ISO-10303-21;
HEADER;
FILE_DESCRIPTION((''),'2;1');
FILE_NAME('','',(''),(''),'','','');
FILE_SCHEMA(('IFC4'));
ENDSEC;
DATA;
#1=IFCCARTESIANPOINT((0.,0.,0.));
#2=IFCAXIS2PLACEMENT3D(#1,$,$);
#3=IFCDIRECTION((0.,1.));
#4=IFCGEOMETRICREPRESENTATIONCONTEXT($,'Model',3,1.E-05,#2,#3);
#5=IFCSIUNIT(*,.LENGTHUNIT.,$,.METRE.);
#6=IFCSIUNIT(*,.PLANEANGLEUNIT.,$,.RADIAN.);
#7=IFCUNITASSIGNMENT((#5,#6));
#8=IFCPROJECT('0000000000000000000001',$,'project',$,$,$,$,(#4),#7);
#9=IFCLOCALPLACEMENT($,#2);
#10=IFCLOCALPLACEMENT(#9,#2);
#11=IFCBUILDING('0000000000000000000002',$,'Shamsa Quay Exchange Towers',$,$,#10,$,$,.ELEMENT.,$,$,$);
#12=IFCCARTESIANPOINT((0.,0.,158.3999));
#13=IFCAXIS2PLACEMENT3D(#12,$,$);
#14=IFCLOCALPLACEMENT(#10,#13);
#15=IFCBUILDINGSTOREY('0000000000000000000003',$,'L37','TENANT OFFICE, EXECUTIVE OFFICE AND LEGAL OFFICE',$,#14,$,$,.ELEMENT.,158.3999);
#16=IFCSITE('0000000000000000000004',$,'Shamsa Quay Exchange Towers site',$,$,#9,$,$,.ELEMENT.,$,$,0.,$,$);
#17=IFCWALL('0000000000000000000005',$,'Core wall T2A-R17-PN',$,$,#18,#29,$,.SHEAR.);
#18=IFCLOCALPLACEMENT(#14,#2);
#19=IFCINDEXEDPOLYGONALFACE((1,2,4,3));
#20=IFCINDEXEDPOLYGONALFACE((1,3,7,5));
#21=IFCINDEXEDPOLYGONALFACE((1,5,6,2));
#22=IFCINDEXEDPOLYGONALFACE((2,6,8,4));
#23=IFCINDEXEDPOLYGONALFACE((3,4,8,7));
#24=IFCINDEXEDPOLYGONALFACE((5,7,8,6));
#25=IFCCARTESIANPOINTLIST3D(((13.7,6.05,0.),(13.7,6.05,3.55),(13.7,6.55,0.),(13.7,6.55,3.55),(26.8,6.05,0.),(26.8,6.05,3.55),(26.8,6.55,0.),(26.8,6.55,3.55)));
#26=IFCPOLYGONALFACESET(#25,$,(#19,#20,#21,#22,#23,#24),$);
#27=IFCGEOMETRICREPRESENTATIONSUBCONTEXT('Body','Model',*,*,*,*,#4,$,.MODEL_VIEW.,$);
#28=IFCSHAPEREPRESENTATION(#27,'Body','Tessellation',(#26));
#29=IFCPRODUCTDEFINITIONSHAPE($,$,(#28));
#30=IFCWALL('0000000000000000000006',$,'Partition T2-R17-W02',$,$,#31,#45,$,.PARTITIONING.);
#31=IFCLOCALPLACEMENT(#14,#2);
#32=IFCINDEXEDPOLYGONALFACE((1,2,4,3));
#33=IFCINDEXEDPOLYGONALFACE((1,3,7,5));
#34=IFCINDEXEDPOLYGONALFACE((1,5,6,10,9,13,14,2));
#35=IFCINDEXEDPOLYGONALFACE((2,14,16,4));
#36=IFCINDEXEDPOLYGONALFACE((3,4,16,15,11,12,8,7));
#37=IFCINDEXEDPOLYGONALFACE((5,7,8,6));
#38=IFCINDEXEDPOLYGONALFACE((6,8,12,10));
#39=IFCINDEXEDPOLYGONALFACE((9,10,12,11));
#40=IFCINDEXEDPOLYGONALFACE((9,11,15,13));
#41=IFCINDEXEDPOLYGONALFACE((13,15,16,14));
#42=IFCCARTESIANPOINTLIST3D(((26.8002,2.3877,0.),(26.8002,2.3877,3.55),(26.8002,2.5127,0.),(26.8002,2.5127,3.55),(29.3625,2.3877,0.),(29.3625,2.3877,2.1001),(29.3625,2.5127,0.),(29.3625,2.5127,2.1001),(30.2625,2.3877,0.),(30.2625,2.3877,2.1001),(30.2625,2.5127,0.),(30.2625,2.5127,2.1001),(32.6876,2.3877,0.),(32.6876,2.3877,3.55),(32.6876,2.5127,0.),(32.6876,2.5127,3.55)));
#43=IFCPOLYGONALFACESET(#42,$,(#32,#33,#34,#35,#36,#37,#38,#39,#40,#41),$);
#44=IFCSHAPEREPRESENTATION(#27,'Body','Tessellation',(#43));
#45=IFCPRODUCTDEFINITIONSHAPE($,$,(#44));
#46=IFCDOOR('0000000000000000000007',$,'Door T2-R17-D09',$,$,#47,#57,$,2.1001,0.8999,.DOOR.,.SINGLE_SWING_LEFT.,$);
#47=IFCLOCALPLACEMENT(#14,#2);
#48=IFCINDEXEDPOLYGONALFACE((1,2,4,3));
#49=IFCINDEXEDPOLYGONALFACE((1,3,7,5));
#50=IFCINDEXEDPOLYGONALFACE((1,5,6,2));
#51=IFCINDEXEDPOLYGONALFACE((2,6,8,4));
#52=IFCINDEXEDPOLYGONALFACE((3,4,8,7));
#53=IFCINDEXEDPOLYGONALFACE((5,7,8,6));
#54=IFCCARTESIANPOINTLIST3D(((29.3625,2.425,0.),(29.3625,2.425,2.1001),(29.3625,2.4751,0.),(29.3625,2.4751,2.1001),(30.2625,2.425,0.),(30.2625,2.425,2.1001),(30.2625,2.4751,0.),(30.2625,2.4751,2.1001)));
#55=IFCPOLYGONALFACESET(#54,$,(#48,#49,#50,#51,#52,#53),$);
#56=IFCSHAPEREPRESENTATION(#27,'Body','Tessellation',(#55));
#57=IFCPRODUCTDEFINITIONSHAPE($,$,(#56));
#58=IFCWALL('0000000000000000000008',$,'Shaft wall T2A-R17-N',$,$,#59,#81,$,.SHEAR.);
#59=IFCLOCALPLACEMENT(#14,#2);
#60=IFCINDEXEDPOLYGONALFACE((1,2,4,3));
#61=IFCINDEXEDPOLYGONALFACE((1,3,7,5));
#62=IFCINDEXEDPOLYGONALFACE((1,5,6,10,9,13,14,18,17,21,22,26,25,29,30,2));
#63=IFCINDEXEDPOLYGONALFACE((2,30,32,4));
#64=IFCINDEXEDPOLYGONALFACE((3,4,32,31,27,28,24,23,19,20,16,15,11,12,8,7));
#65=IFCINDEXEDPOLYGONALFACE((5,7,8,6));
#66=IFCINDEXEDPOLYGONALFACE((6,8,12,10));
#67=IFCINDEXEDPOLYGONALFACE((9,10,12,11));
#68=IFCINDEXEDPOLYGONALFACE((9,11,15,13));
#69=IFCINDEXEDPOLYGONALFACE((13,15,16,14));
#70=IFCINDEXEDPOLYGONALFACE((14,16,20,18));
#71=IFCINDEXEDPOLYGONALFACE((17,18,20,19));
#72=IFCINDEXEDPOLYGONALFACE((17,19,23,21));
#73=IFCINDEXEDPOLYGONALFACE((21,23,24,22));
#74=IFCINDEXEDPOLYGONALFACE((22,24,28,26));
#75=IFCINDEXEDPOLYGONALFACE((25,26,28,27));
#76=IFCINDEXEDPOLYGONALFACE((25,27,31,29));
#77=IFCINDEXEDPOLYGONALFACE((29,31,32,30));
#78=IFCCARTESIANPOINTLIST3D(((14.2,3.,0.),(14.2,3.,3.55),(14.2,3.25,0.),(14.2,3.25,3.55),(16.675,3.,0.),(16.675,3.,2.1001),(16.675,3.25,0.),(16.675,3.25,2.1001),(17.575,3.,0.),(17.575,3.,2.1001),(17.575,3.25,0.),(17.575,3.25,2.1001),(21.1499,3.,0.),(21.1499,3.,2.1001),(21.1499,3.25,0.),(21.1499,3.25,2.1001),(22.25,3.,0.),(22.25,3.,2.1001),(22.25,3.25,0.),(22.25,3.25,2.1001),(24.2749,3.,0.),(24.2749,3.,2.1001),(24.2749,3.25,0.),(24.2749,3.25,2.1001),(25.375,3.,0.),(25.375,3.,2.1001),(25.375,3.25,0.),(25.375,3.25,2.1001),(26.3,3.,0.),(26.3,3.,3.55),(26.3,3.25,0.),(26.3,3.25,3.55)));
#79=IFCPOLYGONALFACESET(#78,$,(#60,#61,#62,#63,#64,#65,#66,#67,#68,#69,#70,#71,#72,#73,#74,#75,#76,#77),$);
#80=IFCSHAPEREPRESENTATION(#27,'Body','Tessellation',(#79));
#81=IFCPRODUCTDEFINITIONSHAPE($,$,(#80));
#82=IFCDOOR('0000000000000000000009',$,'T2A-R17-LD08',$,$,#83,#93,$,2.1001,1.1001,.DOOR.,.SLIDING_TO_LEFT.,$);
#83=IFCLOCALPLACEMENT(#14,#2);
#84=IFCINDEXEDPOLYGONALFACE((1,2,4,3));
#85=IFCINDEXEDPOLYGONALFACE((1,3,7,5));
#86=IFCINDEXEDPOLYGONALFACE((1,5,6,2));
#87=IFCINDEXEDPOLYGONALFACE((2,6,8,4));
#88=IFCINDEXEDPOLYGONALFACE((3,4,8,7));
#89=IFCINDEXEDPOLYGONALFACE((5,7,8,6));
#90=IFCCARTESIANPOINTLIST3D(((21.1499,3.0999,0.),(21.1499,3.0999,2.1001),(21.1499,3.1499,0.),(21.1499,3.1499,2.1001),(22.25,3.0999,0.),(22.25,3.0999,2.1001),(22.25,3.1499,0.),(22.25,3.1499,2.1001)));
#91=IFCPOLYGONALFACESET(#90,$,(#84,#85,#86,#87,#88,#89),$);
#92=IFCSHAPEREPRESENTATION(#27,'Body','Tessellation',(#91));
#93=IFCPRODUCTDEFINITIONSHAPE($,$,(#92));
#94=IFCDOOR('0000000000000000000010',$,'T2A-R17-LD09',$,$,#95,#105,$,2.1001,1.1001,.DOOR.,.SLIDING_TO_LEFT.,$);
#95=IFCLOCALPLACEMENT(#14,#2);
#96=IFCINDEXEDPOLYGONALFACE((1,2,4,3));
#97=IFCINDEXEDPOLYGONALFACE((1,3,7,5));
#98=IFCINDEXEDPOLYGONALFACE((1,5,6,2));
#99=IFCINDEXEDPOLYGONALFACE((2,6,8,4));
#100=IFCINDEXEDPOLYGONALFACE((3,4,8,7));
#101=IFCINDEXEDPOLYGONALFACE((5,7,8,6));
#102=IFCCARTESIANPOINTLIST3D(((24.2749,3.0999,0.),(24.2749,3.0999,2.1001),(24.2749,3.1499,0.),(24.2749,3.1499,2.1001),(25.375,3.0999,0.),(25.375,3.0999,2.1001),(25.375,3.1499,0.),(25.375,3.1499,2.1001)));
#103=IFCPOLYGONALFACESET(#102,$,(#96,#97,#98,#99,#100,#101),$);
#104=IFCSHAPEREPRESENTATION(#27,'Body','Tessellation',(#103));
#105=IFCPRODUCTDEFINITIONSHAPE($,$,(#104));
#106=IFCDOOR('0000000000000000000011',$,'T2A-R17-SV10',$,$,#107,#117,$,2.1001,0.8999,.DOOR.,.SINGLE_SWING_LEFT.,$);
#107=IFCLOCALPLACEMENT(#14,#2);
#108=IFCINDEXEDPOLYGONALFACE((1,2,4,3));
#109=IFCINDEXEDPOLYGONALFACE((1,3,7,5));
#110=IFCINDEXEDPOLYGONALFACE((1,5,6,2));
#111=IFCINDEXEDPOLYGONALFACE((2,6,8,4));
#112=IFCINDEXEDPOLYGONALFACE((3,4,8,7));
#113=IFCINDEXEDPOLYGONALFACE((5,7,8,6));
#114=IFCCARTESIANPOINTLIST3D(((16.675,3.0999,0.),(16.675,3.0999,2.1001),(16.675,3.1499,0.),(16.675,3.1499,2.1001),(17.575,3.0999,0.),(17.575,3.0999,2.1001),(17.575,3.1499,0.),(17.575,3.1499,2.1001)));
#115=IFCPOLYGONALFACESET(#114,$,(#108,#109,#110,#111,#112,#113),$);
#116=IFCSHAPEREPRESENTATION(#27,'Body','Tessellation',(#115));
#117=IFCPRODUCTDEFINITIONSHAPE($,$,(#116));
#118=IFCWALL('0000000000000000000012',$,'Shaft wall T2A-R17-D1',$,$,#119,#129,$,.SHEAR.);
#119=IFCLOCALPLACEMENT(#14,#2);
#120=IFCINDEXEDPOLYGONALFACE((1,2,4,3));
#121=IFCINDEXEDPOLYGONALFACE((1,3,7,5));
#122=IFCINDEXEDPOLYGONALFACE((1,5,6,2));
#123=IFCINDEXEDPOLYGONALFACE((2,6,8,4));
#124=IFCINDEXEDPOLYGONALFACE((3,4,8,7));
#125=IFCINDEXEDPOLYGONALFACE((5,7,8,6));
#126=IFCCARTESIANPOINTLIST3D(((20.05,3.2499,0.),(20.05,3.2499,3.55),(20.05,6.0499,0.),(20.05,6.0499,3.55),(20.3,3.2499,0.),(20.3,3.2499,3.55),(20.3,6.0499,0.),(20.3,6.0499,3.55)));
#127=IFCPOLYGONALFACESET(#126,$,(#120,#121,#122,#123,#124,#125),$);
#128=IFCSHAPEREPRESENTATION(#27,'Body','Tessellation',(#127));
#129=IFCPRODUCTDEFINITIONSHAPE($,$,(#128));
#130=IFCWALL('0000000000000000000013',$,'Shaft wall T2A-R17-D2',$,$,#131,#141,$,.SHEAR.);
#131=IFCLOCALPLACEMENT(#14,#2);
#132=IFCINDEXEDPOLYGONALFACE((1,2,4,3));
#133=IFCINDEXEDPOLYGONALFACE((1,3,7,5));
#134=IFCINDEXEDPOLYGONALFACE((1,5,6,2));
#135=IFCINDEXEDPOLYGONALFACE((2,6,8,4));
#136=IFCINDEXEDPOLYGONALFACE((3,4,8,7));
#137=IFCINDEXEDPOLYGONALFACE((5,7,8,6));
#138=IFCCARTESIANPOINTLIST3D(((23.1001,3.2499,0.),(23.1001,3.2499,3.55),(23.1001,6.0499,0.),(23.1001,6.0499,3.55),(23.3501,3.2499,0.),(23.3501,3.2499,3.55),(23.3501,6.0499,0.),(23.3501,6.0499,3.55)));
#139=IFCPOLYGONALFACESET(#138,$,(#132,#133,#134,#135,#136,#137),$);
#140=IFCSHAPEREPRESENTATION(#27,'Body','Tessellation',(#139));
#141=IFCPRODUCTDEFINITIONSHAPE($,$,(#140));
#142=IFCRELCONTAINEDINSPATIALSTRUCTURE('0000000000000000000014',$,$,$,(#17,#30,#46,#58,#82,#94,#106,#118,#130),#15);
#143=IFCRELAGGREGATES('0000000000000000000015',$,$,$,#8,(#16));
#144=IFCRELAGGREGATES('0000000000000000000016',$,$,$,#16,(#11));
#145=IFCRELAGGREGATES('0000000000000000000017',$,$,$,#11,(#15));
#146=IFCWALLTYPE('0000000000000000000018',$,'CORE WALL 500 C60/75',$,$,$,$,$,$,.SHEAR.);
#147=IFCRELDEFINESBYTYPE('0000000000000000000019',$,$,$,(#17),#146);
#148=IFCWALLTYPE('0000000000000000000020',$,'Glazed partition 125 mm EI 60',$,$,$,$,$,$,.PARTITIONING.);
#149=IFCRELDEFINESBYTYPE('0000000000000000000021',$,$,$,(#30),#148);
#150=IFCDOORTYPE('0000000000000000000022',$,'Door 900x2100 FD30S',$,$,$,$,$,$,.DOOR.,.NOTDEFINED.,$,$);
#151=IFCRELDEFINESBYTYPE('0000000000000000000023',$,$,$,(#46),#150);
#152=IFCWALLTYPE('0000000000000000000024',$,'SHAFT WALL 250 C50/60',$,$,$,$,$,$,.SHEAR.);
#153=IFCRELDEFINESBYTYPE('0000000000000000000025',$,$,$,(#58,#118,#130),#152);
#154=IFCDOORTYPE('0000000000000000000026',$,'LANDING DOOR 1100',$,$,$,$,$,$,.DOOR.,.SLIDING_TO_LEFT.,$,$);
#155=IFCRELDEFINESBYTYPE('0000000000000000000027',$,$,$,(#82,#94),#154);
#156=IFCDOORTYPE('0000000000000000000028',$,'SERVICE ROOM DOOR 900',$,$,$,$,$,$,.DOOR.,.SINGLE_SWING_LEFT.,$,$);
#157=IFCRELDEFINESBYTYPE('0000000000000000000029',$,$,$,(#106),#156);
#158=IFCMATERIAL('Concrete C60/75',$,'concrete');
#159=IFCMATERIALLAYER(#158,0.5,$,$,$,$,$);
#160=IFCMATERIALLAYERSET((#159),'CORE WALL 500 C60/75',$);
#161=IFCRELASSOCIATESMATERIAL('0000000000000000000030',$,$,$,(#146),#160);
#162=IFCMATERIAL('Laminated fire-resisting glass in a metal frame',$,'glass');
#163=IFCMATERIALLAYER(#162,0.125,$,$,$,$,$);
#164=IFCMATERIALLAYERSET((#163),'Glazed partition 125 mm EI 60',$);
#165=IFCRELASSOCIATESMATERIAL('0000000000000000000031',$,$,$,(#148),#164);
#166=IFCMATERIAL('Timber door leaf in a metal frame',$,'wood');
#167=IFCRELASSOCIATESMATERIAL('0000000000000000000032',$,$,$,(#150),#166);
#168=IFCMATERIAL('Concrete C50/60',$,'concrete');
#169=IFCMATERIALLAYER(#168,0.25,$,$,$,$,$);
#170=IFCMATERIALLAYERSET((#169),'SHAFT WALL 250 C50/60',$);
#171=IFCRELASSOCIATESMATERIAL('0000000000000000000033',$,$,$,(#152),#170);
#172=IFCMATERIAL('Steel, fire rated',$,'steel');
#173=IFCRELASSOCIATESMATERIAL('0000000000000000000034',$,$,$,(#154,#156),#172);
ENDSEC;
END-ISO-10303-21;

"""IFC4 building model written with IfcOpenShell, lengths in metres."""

from ifc_helpers import new_model, si_unit, direction, frame, frame_2d, origin, place, context, subcontext, project, spatial, rectangle, extrude, material, layer, layer_set, type_object, element, fill, save


model = new_model("IFC4")

# Units and contexts
model_context = context("Model", 3, precision=1e-05, world=origin(), true_north=direction((0.0, 1.0)))
body_context = subcontext(model_context, "Body", "Model", "MODEL_VIEW")
ifc_project = project(units=[si_unit("LENGTHUNIT", "METRE"), si_unit("PLANEANGLEUNIT", "RADIAN")], contexts=[model_context])

# Site, building, storey
site_placement = place(None, origin())
site = spatial("IfcSite", under=ifc_project, at=site_placement, Name="Shamsa Quay Exchange Towers site", CompositionType="ELEMENT", RefElevation=0.0)
building_placement = place(site_placement, origin())
building = spatial("IfcBuilding", under=site, at=building_placement, Name="Shamsa Quay Exchange Towers", CompositionType="ELEMENT")
storey_placement = place(building_placement, frame((0.0, 0.0, 158.3999)))
storey = spatial("IfcBuildingStorey", under=building, at=storey_placement, Name="L37", Description="TENANT OFFICE, EXECUTIVE OFFICE AND LEGAL OFFICE", CompositionType="ELEMENT", Elevation=158.3999)

# Wall
ifc_material_1 = material(Name="Concrete C60/75", Category="concrete")
ifc_layer_1 = layer(ifc_material_1, 0.5)
ifc_layer_set_1 = layer_set([ifc_layer_1], Name="CORE WALL 500 C60/75")
wall_type_1 = type_object("IfcWallType", Name="CORE WALL 500 C60/75", PredefinedType="SHEAR", material=ifc_layer_set_1)
wall_1_placement = place(storey_placement, frame((13.7, 6.3, 0.0)))
element("IfcWall", 1, at=wall_1_placement, inside=storey, type_object=wall_type_1, Name="Core wall T2A-R17-PN", PredefinedType="SHEAR", context=body_context, shape_type="SweptSolid", body=[
    extrude(rectangle(XDim=13.1001, YDim=0.5, at=frame_2d((6.55, 0.0))), origin(), (0.0, 0.0, 1.0), 3.55),
])

# Shared definitions
ifc_material_2 = material(Name="Steel, fire rated", Category="steel")

# Wall, opening, door
ifc_material_3 = material(Name="Laminated fire-resisting glass in a metal frame", Category="glass")
ifc_layer_2 = layer(ifc_material_3, 0.125)
ifc_layer_set_2 = layer_set([ifc_layer_2], Name="Glazed partition 125 mm EI 60")
wall_type_2 = type_object("IfcWallType", Name="Glazed partition 125 mm EI 60", PredefinedType="PARTITIONING", material=ifc_layer_set_2)
wall_2_placement = place(storey_placement, frame((26.8, 2.4502, 0.0)))
wall_2 = element("IfcWall", 2, at=wall_2_placement, inside=storey, type_object=wall_type_2, Name="Partition T2-R17-W02", PredefinedType="PARTITIONING", context=body_context, shape_type="SweptSolid", body=[
    extrude(rectangle(XDim=5.8875, YDim=0.125, at=frame_2d((2.9438, 0.0))), origin(), (0.0, 0.0, 1.0), 3.55),
])
opening_1_placement = place(wall_2_placement, frame((2.5625, 0.0, 0.0)))
opening_1 = element("IfcOpeningElement", 3, at=opening_1_placement, cuts=wall_2, PredefinedType="OPENING", context=body_context, shape_type="SweptSolid", body=[
    extrude(rectangle(XDim=0.8999, YDim=2.1001, at=frame_2d((0.45, 1.05))), frame((0.0, 0.0725, 0.0), z_axis=(0.0, -1.0, 0.0), x_axis=(1.0, 0.0, 0.0)), (0.0, 0.0, 1.0), 0.145),
])
ifc_material_4 = material(Name="Timber door leaf in a metal frame", Category="wood")
door_type_1 = type_object("IfcDoorType", Name="Door 900x2100 FD30S", OperationType="NOTDEFINED", PredefinedType="DOOR", material=ifc_material_4)
door_1_placement = place(opening_1_placement, origin())
door_1 = element("IfcDoor", 4, at=door_1_placement, inside=storey, type_object=door_type_1, Name="Door T2-R17-D09", OperationType="SINGLE_SWING_LEFT", OverallHeight=2.1001, OverallWidth=0.8999, PredefinedType="DOOR", context=body_context, shape_type="SweptSolid", body=[
    extrude(rectangle(XDim=0.8999, YDim=2.1001, at=frame_2d((0.45, 1.05))), frame((0.0, 0.0249, 0.0), z_axis=(0.0, -1.0, 0.0), x_axis=(1.0, 0.0, 0.0)), (0.0, 0.0, 1.0), 0.05),
])
fill(opening_1, door_1)

# Wall, openings, doors
ifc_material_5 = material(Name="Concrete C50/60", Category="concrete")
ifc_layer_3 = layer(ifc_material_5, 0.25)
ifc_layer_set_3 = layer_set([ifc_layer_3], Name="SHAFT WALL 250 C50/60")
wall_type_3 = type_object("IfcWallType", Name="SHAFT WALL 250 C50/60", PredefinedType="SHEAR", material=ifc_layer_set_3)
wall_3_placement = place(storey_placement, frame((14.2, 3.125, 0.0)))
wall_3 = element("IfcWall", 5, at=wall_3_placement, inside=storey, type_object=wall_type_3, Name="Shaft wall T2A-R17-N", PredefinedType="SHEAR", context=body_context, shape_type="SweptSolid", body=[
    extrude(rectangle(XDim=12.1001, YDim=0.25, at=frame_2d((6.05, 0.0))), origin(), (0.0, 0.0, 1.0), 3.55),
])
opening_2_placement = place(wall_3_placement, frame((6.95, 0.0, 0.0)))
opening_2 = element("IfcOpeningElement", 6, at=opening_2_placement, cuts=wall_3, PredefinedType="OPENING", context=body_context, shape_type="SweptSolid", body=[
    extrude(rectangle(XDim=1.1001, YDim=2.1001, at=frame_2d((0.55, 1.05))), frame((0.0, 0.135, 0.0), z_axis=(0.0, -1.0, 0.0), x_axis=(1.0, 0.0, 0.0)), (0.0, 0.0, 1.0), 0.27),
])
opening_3_placement = place(wall_3_placement, frame((10.075, 0.0, 0.0)))
opening_3 = element("IfcOpeningElement", 7, at=opening_3_placement, cuts=wall_3, PredefinedType="OPENING", context=body_context, shape_type="SweptSolid", body=[
    extrude(rectangle(XDim=1.1001, YDim=2.1001, at=frame_2d((0.55, 1.05))), frame((0.0, 0.135, 0.0), z_axis=(0.0, -1.0, 0.0), x_axis=(1.0, 0.0, 0.0)), (0.0, 0.0, 1.0), 0.27),
])
opening_4_placement = place(wall_3_placement, frame((2.4751, 0.0, 0.0)))
opening_4 = element("IfcOpeningElement", 8, at=opening_4_placement, cuts=wall_3, PredefinedType="OPENING", context=body_context, shape_type="SweptSolid", body=[
    extrude(rectangle(XDim=0.8999, YDim=2.1001, at=frame_2d((0.45, 1.05))), frame((0.0, 0.135, 0.0), z_axis=(0.0, -1.0, 0.0), x_axis=(1.0, 0.0, 0.0)), (0.0, 0.0, 1.0), 0.27),
])
door_type_2 = type_object("IfcDoorType", Name="LANDING DOOR 1100", OperationType="SLIDING_TO_LEFT", PredefinedType="DOOR", material=ifc_material_2)
door_2_placement = place(opening_2_placement, origin())
door_2 = element("IfcDoor", 9, at=door_2_placement, inside=storey, type_object=door_type_2, Name="T2A-R17-LD08", OperationType="SLIDING_TO_LEFT", OverallHeight=2.1001, OverallWidth=1.1001, PredefinedType="DOOR", context=body_context, shape_type="SweptSolid", body=[
    extrude(rectangle(XDim=1.1001, YDim=2.1001, at=frame_2d((0.55, 1.05))), frame((0.0, 0.0249, 0.0), z_axis=(0.0, -1.0, 0.0), x_axis=(1.0, 0.0, 0.0)), (0.0, 0.0, 1.0), 0.05),
])
fill(opening_2, door_2)
door_3_placement = place(opening_3_placement, origin())
door_3 = element("IfcDoor", 10, at=door_3_placement, inside=storey, type_object=door_type_2, Name="T2A-R17-LD09", OperationType="SLIDING_TO_LEFT", OverallHeight=2.1001, OverallWidth=1.1001, PredefinedType="DOOR", context=body_context, shape_type="SweptSolid", body=[
    extrude(rectangle(XDim=1.1001, YDim=2.1001, at=frame_2d((0.55, 1.05))), frame((0.0, 0.0249, 0.0), z_axis=(0.0, -1.0, 0.0), x_axis=(1.0, 0.0, 0.0)), (0.0, 0.0, 1.0), 0.05),
])
fill(opening_3, door_3)
door_type_3 = type_object("IfcDoorType", Name="SERVICE ROOM DOOR 900", OperationType="SINGLE_SWING_LEFT", PredefinedType="DOOR", material=ifc_material_2)
door_4_placement = place(opening_4_placement, origin())
door_4 = element("IfcDoor", 11, at=door_4_placement, inside=storey, type_object=door_type_3, Name="T2A-R17-SV10", OperationType="SINGLE_SWING_LEFT", OverallHeight=2.1001, OverallWidth=0.8999, PredefinedType="DOOR", context=body_context, shape_type="SweptSolid", body=[
    extrude(rectangle(XDim=0.8999, YDim=2.1001, at=frame_2d((0.45, 1.05))), frame((0.0, 0.0249, 0.0), z_axis=(0.0, -1.0, 0.0), x_axis=(1.0, 0.0, 0.0)), (0.0, 0.0, 1.0), 0.05),
])
fill(opening_4, door_4)

# Walls
for number, where, z_axis, x_axis, name in (
    (12, (20.175, 3.25, 0.0), (0.0, 0.0, 1.0), (0.0, 1.0, 0.0), "Shaft wall T2A-R17-D1"),
    (13, (23.2251, 3.25, 0.0), (0.0, 0.0, 1.0), (0.0, 1.0, 0.0), "Shaft wall T2A-R17-D2"),
):
    element("IfcWall", number, at=place(storey_placement, frame(where, z_axis=z_axis, x_axis=x_axis)), inside=storey, type_object=wall_type_3, Name=name, PredefinedType="SHEAR", context=body_context, shape_type="SweptSolid", body=[
        extrude(rectangle(XDim=2.8, YDim=0.25, at=frame_2d((1.3999, 0.0))), origin(), (0.0, 0.0, 1.0), 3.55),
    ])

save(model, "model.ifc")
